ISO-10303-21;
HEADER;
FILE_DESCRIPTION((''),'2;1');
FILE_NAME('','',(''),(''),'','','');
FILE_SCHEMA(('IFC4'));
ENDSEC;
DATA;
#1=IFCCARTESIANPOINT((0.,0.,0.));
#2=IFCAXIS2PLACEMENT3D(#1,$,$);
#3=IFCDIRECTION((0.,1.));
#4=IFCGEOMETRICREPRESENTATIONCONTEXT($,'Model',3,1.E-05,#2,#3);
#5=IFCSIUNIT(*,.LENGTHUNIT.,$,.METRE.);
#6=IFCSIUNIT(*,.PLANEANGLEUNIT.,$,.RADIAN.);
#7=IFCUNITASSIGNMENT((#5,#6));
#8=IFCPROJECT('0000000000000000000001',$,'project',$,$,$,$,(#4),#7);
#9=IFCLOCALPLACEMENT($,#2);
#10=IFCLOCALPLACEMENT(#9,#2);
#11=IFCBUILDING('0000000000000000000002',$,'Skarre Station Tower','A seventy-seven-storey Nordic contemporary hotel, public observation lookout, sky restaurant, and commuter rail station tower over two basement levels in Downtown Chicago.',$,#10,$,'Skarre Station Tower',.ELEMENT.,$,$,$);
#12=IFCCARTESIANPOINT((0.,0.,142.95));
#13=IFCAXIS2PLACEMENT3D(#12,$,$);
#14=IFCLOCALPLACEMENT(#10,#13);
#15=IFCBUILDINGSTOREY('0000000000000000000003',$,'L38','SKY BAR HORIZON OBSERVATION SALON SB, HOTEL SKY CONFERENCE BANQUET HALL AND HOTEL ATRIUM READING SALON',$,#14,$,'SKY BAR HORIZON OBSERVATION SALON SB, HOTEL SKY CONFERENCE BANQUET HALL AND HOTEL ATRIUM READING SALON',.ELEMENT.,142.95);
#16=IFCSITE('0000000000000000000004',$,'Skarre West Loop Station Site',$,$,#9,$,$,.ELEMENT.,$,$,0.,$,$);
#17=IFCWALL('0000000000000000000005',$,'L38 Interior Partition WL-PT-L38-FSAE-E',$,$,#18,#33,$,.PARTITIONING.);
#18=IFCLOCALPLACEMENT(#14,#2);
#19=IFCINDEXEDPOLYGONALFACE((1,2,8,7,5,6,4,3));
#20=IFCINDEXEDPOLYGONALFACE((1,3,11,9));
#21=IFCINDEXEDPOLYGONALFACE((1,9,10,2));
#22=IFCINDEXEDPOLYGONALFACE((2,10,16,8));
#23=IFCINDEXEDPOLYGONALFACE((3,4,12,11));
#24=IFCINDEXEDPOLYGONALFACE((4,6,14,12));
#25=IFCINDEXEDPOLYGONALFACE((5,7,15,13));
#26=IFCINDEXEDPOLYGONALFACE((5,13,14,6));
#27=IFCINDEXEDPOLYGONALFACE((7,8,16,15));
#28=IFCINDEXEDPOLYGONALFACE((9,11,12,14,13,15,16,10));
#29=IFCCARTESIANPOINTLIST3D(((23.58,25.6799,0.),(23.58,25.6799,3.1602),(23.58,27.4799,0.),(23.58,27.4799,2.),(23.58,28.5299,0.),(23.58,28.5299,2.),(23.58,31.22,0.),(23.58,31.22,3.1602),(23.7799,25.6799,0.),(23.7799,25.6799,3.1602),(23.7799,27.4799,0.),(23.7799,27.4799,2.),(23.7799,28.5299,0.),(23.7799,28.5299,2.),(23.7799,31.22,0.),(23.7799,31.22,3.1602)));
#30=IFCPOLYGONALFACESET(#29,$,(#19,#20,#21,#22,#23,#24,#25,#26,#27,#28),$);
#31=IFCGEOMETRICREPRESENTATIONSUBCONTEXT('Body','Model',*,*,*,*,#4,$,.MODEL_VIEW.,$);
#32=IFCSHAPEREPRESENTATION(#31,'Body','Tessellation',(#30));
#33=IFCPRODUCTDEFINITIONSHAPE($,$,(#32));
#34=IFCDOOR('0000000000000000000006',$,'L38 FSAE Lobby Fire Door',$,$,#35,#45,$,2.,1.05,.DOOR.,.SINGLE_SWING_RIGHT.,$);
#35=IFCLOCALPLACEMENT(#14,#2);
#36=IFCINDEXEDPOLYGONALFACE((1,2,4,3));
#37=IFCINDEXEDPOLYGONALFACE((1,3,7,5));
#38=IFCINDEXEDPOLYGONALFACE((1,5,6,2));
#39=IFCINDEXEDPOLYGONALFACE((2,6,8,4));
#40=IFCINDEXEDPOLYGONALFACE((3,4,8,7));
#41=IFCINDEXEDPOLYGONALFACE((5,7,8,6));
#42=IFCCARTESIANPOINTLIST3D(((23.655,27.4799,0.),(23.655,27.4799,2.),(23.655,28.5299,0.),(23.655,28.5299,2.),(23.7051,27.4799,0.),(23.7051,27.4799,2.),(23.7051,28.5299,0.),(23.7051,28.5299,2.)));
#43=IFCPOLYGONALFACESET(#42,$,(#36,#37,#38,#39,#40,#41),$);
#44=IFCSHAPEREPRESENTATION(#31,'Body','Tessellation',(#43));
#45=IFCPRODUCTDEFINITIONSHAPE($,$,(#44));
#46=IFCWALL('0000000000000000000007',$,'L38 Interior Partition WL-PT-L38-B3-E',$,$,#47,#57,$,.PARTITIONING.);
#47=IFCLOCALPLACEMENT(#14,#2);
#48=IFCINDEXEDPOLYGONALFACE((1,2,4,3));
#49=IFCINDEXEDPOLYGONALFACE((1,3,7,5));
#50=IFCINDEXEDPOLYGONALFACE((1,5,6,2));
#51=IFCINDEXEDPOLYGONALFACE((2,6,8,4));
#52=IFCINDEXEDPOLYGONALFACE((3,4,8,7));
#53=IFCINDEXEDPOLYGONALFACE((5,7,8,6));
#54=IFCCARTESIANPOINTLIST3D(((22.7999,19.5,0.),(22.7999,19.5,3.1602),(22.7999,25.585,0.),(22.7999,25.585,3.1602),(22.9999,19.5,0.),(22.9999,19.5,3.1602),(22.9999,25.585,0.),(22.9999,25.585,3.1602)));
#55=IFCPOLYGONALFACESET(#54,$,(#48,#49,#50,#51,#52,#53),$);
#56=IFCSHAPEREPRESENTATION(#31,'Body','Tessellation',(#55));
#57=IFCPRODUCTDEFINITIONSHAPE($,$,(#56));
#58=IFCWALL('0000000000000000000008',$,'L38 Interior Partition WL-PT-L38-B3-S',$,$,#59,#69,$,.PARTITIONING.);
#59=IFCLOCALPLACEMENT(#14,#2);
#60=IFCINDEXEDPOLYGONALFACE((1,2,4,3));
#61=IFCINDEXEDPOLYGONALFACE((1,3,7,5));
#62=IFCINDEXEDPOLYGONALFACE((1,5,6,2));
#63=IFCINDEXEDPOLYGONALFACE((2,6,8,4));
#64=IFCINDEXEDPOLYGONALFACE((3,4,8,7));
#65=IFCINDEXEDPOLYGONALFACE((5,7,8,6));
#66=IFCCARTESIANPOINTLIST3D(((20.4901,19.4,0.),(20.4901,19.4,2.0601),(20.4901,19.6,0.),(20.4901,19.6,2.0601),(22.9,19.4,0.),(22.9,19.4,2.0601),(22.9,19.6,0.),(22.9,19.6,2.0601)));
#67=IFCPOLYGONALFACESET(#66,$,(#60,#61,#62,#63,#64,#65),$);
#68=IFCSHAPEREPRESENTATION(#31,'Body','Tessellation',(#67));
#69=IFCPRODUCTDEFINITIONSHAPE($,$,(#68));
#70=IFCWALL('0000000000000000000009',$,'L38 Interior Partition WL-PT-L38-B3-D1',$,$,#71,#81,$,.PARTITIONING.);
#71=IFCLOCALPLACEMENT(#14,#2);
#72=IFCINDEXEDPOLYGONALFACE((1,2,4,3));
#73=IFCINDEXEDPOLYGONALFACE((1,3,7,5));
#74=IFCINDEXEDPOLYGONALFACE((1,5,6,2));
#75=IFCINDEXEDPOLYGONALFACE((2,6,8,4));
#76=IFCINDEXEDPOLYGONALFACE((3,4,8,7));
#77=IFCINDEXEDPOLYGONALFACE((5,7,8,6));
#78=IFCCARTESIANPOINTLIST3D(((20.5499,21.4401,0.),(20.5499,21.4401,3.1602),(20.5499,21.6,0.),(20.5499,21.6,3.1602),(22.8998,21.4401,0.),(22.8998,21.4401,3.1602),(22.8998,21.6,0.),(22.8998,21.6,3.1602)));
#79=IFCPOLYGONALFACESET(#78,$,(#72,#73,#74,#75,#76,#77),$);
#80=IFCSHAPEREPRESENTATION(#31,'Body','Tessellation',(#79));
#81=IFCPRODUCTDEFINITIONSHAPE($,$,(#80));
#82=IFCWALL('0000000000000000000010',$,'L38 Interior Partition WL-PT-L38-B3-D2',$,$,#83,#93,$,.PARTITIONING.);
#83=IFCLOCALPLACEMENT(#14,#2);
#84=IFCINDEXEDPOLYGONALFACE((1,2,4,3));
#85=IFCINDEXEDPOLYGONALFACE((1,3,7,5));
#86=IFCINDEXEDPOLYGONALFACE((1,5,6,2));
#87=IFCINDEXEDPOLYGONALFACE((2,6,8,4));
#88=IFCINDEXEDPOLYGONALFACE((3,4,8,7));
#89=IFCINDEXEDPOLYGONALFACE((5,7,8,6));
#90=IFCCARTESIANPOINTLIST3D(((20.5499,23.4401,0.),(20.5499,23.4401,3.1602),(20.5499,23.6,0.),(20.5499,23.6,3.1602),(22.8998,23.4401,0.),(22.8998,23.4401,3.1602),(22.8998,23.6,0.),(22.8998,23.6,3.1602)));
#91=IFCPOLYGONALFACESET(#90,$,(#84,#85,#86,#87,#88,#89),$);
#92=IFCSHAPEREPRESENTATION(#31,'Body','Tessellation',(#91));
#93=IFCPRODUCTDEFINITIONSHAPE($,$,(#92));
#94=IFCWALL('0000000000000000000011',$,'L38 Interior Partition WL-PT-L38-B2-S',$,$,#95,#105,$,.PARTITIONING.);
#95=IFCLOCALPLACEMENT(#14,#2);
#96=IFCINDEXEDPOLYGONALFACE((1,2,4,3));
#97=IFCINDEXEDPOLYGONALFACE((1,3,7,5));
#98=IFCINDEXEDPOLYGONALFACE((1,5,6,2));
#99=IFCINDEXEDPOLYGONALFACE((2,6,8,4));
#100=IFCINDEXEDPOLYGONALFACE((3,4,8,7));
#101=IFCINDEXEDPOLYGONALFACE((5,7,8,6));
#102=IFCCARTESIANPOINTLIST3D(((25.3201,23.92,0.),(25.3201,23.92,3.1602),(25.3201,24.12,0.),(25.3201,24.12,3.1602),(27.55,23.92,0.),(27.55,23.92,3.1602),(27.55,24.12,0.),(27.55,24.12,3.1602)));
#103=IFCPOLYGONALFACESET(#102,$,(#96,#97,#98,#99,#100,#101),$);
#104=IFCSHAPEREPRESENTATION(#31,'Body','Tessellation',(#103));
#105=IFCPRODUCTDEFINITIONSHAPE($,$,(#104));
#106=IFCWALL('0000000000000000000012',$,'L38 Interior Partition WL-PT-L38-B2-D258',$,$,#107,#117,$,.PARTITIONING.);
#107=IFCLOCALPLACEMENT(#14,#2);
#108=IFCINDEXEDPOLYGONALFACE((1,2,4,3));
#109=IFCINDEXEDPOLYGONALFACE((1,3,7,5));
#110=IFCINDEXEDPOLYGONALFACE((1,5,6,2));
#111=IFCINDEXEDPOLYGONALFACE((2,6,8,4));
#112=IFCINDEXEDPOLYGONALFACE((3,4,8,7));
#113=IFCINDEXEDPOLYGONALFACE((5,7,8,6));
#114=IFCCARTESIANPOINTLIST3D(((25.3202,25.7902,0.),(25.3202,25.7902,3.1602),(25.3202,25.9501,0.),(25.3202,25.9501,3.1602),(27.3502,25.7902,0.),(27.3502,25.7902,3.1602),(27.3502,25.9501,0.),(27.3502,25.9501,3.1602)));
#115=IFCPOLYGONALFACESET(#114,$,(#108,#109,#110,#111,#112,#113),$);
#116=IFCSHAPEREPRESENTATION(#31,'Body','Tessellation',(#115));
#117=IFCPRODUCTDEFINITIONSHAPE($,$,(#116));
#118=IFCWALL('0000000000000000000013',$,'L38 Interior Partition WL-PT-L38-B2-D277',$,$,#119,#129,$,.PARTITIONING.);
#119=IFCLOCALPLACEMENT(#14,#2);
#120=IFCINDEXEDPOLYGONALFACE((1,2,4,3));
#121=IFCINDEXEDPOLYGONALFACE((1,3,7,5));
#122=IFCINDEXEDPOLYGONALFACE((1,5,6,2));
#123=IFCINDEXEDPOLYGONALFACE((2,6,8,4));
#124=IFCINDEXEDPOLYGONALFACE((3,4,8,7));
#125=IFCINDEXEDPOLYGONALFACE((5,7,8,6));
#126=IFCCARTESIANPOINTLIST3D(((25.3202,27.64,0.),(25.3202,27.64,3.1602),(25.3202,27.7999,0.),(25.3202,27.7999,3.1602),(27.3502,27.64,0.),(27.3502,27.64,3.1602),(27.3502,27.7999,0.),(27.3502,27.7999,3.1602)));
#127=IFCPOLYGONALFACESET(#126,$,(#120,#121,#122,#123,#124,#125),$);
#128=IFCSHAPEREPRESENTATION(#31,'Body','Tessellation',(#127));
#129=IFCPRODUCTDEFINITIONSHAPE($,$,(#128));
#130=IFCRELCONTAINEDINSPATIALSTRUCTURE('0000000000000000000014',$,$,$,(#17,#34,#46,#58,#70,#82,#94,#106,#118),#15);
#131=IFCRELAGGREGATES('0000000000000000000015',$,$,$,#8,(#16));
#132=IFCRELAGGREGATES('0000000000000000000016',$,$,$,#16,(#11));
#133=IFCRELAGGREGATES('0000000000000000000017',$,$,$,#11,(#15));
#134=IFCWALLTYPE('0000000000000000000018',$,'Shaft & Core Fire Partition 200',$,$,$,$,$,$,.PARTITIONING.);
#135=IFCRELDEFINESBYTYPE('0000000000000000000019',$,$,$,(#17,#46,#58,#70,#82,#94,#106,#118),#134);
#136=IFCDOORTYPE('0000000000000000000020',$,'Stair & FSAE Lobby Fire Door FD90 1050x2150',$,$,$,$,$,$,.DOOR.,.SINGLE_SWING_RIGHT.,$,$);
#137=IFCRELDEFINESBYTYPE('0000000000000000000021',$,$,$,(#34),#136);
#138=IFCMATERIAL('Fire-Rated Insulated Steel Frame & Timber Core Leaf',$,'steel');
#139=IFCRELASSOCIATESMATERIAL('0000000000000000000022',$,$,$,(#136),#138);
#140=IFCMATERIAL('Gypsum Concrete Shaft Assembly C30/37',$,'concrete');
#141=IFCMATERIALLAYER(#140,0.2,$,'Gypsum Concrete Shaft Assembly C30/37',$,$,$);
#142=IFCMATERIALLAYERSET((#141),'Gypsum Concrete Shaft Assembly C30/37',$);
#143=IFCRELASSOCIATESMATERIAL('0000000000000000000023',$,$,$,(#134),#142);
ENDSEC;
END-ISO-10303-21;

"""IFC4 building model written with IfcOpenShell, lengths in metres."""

from ifc_helpers import new_model, si_unit, direction, frame, frame_2d, origin, place, context, subcontext, project, spatial, rectangle, extrude, material, layer, layer_set, type_object, element, fill, save


model = new_model("IFC4")

# Units and contexts
model_context = context("Model", 3, precision=1e-05, world=origin(), true_north=direction((0.0, 1.0)))
body_context = subcontext(model_context, "Body", "Model", "MODEL_VIEW")
ifc_project = project(units=[si_unit("LENGTHUNIT", "METRE"), si_unit("PLANEANGLEUNIT", "RADIAN")], contexts=[model_context])

# Site, building, storey
site_placement = place(None, origin())
site = spatial("IfcSite", under=ifc_project, at=site_placement, Name="Skarre West Loop Station Site", CompositionType="ELEMENT", RefElevation=0.0)
building_placement = place(site_placement, origin())
building = spatial("IfcBuilding", under=site, at=building_placement, Name="Skarre Station Tower", Description="A seventy-seven-storey Nordic contemporary hotel, public observation lookout, sky restaurant, and commuter rail station tower over two basement levels in Downtown Chicago.", LongName="Skarre Station Tower", CompositionType="ELEMENT")
storey_placement = place(building_placement, frame((0.0, 0.0, 142.95)))
storey = spatial("IfcBuildingStorey", under=building, at=storey_placement, Name="L38", Description="SKY BAR HORIZON OBSERVATION SALON SB, HOTEL SKY CONFERENCE BANQUET HALL AND HOTEL ATRIUM READING SALON", LongName="SKY BAR HORIZON OBSERVATION SALON SB, HOTEL SKY CONFERENCE BANQUET HALL AND HOTEL ATRIUM READING SALON", CompositionType="ELEMENT", Elevation=142.95)

# Shared definitions
ifc_material_1 = material(Name="Fire-Rated Insulated Steel Frame & Timber Core Leaf", Category="steel")
door_type_1 = type_object("IfcDoorType", Name="Stair & FSAE Lobby Fire Door FD90 1050x2150", OperationType="SINGLE_SWING_RIGHT", PredefinedType="DOOR", material=ifc_material_1)

# Shared definitions
ifc_material_2 = material(Name="Gypsum Concrete Shaft Assembly C30/37", Category="concrete")
ifc_layer_1 = layer(ifc_material_2, 0.2, Name="Gypsum Concrete Shaft Assembly C30/37")
ifc_layer_set_1 = layer_set([ifc_layer_1], Name="Gypsum Concrete Shaft Assembly C30/37")
wall_type_1 = type_object("IfcWallType", Name="Shaft & Core Fire Partition 200", PredefinedType="PARTITIONING", material=ifc_layer_set_1)

# Wall, opening, door
wall_1_placement = place(storey_placement, frame((23.6799, 25.6799, 0.0), z_axis=(0.0, 0.0, 1.0), x_axis=(0.0, 1.0, 0.0)))
wall_1 = element("IfcWall", 1, at=wall_1_placement, inside=storey, type_object=wall_type_1, Name="L38 Interior Partition WL-PT-L38-FSAE-E", PredefinedType="PARTITIONING", context=body_context, shape_type="SweptSolid", body=[
    extrude(rectangle(XDim=5.54, YDim=0.2, at=frame_2d((2.77, 0.0))), origin(), (0.0, 0.0, 1.0), 3.1602),
])
opening_1_placement = place(wall_1_placement, frame((1.8, 0.0, 0.0)))
opening_1 = element("IfcOpeningElement", 2, at=opening_1_placement, cuts=wall_1, PredefinedType="OPENING", context=body_context, shape_type="SweptSolid", body=[
    extrude(rectangle(XDim=1.05, YDim=2.0, at=frame_2d((0.5249, 1.0))), frame((0.0, 0.1099, 0.0), z_axis=(0.0, -1.0, 0.0), x_axis=(1.0, 0.0, 0.0)), (0.0, 0.0, 1.0), 0.22),
])
door_1_placement = place(opening_1_placement, origin())
door_1 = element("IfcDoor", 3, at=door_1_placement, inside=storey, type_object=door_type_1, Name="L38 FSAE Lobby Fire Door", OperationType="SINGLE_SWING_RIGHT", OverallHeight=2.0, OverallWidth=1.05, PredefinedType="DOOR", context=body_context, shape_type="SweptSolid", body=[
    extrude(rectangle(XDim=1.05, YDim=2.0, at=frame_2d((0.5249, 1.0))), frame((0.0, 0.0249, 0.0), z_axis=(0.0, -1.0, 0.0), x_axis=(1.0, 0.0, 0.0)), (0.0, 0.0, 1.0), 0.05),
])
fill(opening_1, door_1)

# Walls
wall_2_placement = place(storey_placement, frame((22.8999, 19.5, 0.0), z_axis=(0.0, 0.0, 1.0), x_axis=(0.0, 1.0, 0.0)))
element("IfcWall", 4, at=wall_2_placement, inside=storey, type_object=wall_type_1, Name="L38 Interior Partition WL-PT-L38-B3-E", PredefinedType="PARTITIONING", context=body_context, shape_type="SweptSolid", body=[
    extrude(rectangle(XDim=6.085, YDim=0.2, at=frame_2d((3.0425, 0.0))), origin(), (0.0, 0.0, 1.0), 3.1602),
])
wall_3_placement = place(storey_placement, frame((20.49, 19.5, 0.0), z_axis=(0.0, 0.0, 1.0), x_axis=(1.0, 0.0, 0.0)))
element("IfcWall", 5, at=wall_3_placement, inside=storey, type_object=wall_type_1, Name="L38 Interior Partition WL-PT-L38-B3-S", PredefinedType="PARTITIONING", context=body_context, shape_type="SweptSolid", body=[
    extrude(rectangle(XDim=2.4099, YDim=0.2, at=frame_2d((1.2051, 0.0))), origin(), (0.0, 0.0, 1.0), 2.0601),
])
for number, where, z_axis, x_axis, name in (
    (6, (20.55, 21.52, 0.0), (0.0, 0.0, 1.0), (1.0, 0.0, 0.0), "L38 Interior Partition WL-PT-L38-B3-D1"),
    (7, (20.55, 23.52, 0.0), (0.0, 0.0, 1.0), (1.0, 0.0, 0.0), "L38 Interior Partition WL-PT-L38-B3-D2"),
):
    element("IfcWall", number, at=place(storey_placement, frame(where, z_axis=z_axis, x_axis=x_axis)), inside=storey, type_object=wall_type_1, Name=name, PredefinedType="PARTITIONING", context=body_context, shape_type="SweptSolid", body=[
        extrude(rectangle(XDim=2.3499, YDim=0.1599, at=frame_2d((1.1748, 0.0))), origin(), (0.0, 0.0, 1.0), 3.1602),
    ])
wall_4_placement = place(storey_placement, frame((25.3201, 24.02, 0.0), z_axis=(0.0, 0.0, 1.0), x_axis=(1.0, 0.0, 0.0)))
element("IfcWall", 8, at=wall_4_placement, inside=storey, type_object=wall_type_1, Name="L38 Interior Partition WL-PT-L38-B2-S", PredefinedType="PARTITIONING", context=body_context, shape_type="SweptSolid", body=[
    extrude(rectangle(XDim=2.23, YDim=0.2, at=frame_2d((1.115, 0.0))), origin(), (0.0, 0.0, 1.0), 3.1602),
])
for number, where, z_axis, x_axis, name in (
    (9, (25.3201, 25.8701, 0.0), (0.0, 0.0, 1.0), (1.0, 0.0, 0.0), "L38 Interior Partition WL-PT-L38-B2-D258"),
    (10, (25.3201, 27.72, 0.0), (0.0, 0.0, 1.0), (1.0, 0.0, 0.0), "L38 Interior Partition WL-PT-L38-B2-D277"),
):
    element("IfcWall", number, at=place(storey_placement, frame(where, z_axis=z_axis, x_axis=x_axis)), inside=storey, type_object=wall_type_1, Name=name, PredefinedType="PARTITIONING", context=body_context, shape_type="SweptSolid", body=[
        extrude(rectangle(XDim=2.03, YDim=0.1599, at=frame_2d((1.0151, 0.0))), origin(), (0.0, 0.0, 1.0), 3.1602),
    ])

save(model, "model.ifc")
